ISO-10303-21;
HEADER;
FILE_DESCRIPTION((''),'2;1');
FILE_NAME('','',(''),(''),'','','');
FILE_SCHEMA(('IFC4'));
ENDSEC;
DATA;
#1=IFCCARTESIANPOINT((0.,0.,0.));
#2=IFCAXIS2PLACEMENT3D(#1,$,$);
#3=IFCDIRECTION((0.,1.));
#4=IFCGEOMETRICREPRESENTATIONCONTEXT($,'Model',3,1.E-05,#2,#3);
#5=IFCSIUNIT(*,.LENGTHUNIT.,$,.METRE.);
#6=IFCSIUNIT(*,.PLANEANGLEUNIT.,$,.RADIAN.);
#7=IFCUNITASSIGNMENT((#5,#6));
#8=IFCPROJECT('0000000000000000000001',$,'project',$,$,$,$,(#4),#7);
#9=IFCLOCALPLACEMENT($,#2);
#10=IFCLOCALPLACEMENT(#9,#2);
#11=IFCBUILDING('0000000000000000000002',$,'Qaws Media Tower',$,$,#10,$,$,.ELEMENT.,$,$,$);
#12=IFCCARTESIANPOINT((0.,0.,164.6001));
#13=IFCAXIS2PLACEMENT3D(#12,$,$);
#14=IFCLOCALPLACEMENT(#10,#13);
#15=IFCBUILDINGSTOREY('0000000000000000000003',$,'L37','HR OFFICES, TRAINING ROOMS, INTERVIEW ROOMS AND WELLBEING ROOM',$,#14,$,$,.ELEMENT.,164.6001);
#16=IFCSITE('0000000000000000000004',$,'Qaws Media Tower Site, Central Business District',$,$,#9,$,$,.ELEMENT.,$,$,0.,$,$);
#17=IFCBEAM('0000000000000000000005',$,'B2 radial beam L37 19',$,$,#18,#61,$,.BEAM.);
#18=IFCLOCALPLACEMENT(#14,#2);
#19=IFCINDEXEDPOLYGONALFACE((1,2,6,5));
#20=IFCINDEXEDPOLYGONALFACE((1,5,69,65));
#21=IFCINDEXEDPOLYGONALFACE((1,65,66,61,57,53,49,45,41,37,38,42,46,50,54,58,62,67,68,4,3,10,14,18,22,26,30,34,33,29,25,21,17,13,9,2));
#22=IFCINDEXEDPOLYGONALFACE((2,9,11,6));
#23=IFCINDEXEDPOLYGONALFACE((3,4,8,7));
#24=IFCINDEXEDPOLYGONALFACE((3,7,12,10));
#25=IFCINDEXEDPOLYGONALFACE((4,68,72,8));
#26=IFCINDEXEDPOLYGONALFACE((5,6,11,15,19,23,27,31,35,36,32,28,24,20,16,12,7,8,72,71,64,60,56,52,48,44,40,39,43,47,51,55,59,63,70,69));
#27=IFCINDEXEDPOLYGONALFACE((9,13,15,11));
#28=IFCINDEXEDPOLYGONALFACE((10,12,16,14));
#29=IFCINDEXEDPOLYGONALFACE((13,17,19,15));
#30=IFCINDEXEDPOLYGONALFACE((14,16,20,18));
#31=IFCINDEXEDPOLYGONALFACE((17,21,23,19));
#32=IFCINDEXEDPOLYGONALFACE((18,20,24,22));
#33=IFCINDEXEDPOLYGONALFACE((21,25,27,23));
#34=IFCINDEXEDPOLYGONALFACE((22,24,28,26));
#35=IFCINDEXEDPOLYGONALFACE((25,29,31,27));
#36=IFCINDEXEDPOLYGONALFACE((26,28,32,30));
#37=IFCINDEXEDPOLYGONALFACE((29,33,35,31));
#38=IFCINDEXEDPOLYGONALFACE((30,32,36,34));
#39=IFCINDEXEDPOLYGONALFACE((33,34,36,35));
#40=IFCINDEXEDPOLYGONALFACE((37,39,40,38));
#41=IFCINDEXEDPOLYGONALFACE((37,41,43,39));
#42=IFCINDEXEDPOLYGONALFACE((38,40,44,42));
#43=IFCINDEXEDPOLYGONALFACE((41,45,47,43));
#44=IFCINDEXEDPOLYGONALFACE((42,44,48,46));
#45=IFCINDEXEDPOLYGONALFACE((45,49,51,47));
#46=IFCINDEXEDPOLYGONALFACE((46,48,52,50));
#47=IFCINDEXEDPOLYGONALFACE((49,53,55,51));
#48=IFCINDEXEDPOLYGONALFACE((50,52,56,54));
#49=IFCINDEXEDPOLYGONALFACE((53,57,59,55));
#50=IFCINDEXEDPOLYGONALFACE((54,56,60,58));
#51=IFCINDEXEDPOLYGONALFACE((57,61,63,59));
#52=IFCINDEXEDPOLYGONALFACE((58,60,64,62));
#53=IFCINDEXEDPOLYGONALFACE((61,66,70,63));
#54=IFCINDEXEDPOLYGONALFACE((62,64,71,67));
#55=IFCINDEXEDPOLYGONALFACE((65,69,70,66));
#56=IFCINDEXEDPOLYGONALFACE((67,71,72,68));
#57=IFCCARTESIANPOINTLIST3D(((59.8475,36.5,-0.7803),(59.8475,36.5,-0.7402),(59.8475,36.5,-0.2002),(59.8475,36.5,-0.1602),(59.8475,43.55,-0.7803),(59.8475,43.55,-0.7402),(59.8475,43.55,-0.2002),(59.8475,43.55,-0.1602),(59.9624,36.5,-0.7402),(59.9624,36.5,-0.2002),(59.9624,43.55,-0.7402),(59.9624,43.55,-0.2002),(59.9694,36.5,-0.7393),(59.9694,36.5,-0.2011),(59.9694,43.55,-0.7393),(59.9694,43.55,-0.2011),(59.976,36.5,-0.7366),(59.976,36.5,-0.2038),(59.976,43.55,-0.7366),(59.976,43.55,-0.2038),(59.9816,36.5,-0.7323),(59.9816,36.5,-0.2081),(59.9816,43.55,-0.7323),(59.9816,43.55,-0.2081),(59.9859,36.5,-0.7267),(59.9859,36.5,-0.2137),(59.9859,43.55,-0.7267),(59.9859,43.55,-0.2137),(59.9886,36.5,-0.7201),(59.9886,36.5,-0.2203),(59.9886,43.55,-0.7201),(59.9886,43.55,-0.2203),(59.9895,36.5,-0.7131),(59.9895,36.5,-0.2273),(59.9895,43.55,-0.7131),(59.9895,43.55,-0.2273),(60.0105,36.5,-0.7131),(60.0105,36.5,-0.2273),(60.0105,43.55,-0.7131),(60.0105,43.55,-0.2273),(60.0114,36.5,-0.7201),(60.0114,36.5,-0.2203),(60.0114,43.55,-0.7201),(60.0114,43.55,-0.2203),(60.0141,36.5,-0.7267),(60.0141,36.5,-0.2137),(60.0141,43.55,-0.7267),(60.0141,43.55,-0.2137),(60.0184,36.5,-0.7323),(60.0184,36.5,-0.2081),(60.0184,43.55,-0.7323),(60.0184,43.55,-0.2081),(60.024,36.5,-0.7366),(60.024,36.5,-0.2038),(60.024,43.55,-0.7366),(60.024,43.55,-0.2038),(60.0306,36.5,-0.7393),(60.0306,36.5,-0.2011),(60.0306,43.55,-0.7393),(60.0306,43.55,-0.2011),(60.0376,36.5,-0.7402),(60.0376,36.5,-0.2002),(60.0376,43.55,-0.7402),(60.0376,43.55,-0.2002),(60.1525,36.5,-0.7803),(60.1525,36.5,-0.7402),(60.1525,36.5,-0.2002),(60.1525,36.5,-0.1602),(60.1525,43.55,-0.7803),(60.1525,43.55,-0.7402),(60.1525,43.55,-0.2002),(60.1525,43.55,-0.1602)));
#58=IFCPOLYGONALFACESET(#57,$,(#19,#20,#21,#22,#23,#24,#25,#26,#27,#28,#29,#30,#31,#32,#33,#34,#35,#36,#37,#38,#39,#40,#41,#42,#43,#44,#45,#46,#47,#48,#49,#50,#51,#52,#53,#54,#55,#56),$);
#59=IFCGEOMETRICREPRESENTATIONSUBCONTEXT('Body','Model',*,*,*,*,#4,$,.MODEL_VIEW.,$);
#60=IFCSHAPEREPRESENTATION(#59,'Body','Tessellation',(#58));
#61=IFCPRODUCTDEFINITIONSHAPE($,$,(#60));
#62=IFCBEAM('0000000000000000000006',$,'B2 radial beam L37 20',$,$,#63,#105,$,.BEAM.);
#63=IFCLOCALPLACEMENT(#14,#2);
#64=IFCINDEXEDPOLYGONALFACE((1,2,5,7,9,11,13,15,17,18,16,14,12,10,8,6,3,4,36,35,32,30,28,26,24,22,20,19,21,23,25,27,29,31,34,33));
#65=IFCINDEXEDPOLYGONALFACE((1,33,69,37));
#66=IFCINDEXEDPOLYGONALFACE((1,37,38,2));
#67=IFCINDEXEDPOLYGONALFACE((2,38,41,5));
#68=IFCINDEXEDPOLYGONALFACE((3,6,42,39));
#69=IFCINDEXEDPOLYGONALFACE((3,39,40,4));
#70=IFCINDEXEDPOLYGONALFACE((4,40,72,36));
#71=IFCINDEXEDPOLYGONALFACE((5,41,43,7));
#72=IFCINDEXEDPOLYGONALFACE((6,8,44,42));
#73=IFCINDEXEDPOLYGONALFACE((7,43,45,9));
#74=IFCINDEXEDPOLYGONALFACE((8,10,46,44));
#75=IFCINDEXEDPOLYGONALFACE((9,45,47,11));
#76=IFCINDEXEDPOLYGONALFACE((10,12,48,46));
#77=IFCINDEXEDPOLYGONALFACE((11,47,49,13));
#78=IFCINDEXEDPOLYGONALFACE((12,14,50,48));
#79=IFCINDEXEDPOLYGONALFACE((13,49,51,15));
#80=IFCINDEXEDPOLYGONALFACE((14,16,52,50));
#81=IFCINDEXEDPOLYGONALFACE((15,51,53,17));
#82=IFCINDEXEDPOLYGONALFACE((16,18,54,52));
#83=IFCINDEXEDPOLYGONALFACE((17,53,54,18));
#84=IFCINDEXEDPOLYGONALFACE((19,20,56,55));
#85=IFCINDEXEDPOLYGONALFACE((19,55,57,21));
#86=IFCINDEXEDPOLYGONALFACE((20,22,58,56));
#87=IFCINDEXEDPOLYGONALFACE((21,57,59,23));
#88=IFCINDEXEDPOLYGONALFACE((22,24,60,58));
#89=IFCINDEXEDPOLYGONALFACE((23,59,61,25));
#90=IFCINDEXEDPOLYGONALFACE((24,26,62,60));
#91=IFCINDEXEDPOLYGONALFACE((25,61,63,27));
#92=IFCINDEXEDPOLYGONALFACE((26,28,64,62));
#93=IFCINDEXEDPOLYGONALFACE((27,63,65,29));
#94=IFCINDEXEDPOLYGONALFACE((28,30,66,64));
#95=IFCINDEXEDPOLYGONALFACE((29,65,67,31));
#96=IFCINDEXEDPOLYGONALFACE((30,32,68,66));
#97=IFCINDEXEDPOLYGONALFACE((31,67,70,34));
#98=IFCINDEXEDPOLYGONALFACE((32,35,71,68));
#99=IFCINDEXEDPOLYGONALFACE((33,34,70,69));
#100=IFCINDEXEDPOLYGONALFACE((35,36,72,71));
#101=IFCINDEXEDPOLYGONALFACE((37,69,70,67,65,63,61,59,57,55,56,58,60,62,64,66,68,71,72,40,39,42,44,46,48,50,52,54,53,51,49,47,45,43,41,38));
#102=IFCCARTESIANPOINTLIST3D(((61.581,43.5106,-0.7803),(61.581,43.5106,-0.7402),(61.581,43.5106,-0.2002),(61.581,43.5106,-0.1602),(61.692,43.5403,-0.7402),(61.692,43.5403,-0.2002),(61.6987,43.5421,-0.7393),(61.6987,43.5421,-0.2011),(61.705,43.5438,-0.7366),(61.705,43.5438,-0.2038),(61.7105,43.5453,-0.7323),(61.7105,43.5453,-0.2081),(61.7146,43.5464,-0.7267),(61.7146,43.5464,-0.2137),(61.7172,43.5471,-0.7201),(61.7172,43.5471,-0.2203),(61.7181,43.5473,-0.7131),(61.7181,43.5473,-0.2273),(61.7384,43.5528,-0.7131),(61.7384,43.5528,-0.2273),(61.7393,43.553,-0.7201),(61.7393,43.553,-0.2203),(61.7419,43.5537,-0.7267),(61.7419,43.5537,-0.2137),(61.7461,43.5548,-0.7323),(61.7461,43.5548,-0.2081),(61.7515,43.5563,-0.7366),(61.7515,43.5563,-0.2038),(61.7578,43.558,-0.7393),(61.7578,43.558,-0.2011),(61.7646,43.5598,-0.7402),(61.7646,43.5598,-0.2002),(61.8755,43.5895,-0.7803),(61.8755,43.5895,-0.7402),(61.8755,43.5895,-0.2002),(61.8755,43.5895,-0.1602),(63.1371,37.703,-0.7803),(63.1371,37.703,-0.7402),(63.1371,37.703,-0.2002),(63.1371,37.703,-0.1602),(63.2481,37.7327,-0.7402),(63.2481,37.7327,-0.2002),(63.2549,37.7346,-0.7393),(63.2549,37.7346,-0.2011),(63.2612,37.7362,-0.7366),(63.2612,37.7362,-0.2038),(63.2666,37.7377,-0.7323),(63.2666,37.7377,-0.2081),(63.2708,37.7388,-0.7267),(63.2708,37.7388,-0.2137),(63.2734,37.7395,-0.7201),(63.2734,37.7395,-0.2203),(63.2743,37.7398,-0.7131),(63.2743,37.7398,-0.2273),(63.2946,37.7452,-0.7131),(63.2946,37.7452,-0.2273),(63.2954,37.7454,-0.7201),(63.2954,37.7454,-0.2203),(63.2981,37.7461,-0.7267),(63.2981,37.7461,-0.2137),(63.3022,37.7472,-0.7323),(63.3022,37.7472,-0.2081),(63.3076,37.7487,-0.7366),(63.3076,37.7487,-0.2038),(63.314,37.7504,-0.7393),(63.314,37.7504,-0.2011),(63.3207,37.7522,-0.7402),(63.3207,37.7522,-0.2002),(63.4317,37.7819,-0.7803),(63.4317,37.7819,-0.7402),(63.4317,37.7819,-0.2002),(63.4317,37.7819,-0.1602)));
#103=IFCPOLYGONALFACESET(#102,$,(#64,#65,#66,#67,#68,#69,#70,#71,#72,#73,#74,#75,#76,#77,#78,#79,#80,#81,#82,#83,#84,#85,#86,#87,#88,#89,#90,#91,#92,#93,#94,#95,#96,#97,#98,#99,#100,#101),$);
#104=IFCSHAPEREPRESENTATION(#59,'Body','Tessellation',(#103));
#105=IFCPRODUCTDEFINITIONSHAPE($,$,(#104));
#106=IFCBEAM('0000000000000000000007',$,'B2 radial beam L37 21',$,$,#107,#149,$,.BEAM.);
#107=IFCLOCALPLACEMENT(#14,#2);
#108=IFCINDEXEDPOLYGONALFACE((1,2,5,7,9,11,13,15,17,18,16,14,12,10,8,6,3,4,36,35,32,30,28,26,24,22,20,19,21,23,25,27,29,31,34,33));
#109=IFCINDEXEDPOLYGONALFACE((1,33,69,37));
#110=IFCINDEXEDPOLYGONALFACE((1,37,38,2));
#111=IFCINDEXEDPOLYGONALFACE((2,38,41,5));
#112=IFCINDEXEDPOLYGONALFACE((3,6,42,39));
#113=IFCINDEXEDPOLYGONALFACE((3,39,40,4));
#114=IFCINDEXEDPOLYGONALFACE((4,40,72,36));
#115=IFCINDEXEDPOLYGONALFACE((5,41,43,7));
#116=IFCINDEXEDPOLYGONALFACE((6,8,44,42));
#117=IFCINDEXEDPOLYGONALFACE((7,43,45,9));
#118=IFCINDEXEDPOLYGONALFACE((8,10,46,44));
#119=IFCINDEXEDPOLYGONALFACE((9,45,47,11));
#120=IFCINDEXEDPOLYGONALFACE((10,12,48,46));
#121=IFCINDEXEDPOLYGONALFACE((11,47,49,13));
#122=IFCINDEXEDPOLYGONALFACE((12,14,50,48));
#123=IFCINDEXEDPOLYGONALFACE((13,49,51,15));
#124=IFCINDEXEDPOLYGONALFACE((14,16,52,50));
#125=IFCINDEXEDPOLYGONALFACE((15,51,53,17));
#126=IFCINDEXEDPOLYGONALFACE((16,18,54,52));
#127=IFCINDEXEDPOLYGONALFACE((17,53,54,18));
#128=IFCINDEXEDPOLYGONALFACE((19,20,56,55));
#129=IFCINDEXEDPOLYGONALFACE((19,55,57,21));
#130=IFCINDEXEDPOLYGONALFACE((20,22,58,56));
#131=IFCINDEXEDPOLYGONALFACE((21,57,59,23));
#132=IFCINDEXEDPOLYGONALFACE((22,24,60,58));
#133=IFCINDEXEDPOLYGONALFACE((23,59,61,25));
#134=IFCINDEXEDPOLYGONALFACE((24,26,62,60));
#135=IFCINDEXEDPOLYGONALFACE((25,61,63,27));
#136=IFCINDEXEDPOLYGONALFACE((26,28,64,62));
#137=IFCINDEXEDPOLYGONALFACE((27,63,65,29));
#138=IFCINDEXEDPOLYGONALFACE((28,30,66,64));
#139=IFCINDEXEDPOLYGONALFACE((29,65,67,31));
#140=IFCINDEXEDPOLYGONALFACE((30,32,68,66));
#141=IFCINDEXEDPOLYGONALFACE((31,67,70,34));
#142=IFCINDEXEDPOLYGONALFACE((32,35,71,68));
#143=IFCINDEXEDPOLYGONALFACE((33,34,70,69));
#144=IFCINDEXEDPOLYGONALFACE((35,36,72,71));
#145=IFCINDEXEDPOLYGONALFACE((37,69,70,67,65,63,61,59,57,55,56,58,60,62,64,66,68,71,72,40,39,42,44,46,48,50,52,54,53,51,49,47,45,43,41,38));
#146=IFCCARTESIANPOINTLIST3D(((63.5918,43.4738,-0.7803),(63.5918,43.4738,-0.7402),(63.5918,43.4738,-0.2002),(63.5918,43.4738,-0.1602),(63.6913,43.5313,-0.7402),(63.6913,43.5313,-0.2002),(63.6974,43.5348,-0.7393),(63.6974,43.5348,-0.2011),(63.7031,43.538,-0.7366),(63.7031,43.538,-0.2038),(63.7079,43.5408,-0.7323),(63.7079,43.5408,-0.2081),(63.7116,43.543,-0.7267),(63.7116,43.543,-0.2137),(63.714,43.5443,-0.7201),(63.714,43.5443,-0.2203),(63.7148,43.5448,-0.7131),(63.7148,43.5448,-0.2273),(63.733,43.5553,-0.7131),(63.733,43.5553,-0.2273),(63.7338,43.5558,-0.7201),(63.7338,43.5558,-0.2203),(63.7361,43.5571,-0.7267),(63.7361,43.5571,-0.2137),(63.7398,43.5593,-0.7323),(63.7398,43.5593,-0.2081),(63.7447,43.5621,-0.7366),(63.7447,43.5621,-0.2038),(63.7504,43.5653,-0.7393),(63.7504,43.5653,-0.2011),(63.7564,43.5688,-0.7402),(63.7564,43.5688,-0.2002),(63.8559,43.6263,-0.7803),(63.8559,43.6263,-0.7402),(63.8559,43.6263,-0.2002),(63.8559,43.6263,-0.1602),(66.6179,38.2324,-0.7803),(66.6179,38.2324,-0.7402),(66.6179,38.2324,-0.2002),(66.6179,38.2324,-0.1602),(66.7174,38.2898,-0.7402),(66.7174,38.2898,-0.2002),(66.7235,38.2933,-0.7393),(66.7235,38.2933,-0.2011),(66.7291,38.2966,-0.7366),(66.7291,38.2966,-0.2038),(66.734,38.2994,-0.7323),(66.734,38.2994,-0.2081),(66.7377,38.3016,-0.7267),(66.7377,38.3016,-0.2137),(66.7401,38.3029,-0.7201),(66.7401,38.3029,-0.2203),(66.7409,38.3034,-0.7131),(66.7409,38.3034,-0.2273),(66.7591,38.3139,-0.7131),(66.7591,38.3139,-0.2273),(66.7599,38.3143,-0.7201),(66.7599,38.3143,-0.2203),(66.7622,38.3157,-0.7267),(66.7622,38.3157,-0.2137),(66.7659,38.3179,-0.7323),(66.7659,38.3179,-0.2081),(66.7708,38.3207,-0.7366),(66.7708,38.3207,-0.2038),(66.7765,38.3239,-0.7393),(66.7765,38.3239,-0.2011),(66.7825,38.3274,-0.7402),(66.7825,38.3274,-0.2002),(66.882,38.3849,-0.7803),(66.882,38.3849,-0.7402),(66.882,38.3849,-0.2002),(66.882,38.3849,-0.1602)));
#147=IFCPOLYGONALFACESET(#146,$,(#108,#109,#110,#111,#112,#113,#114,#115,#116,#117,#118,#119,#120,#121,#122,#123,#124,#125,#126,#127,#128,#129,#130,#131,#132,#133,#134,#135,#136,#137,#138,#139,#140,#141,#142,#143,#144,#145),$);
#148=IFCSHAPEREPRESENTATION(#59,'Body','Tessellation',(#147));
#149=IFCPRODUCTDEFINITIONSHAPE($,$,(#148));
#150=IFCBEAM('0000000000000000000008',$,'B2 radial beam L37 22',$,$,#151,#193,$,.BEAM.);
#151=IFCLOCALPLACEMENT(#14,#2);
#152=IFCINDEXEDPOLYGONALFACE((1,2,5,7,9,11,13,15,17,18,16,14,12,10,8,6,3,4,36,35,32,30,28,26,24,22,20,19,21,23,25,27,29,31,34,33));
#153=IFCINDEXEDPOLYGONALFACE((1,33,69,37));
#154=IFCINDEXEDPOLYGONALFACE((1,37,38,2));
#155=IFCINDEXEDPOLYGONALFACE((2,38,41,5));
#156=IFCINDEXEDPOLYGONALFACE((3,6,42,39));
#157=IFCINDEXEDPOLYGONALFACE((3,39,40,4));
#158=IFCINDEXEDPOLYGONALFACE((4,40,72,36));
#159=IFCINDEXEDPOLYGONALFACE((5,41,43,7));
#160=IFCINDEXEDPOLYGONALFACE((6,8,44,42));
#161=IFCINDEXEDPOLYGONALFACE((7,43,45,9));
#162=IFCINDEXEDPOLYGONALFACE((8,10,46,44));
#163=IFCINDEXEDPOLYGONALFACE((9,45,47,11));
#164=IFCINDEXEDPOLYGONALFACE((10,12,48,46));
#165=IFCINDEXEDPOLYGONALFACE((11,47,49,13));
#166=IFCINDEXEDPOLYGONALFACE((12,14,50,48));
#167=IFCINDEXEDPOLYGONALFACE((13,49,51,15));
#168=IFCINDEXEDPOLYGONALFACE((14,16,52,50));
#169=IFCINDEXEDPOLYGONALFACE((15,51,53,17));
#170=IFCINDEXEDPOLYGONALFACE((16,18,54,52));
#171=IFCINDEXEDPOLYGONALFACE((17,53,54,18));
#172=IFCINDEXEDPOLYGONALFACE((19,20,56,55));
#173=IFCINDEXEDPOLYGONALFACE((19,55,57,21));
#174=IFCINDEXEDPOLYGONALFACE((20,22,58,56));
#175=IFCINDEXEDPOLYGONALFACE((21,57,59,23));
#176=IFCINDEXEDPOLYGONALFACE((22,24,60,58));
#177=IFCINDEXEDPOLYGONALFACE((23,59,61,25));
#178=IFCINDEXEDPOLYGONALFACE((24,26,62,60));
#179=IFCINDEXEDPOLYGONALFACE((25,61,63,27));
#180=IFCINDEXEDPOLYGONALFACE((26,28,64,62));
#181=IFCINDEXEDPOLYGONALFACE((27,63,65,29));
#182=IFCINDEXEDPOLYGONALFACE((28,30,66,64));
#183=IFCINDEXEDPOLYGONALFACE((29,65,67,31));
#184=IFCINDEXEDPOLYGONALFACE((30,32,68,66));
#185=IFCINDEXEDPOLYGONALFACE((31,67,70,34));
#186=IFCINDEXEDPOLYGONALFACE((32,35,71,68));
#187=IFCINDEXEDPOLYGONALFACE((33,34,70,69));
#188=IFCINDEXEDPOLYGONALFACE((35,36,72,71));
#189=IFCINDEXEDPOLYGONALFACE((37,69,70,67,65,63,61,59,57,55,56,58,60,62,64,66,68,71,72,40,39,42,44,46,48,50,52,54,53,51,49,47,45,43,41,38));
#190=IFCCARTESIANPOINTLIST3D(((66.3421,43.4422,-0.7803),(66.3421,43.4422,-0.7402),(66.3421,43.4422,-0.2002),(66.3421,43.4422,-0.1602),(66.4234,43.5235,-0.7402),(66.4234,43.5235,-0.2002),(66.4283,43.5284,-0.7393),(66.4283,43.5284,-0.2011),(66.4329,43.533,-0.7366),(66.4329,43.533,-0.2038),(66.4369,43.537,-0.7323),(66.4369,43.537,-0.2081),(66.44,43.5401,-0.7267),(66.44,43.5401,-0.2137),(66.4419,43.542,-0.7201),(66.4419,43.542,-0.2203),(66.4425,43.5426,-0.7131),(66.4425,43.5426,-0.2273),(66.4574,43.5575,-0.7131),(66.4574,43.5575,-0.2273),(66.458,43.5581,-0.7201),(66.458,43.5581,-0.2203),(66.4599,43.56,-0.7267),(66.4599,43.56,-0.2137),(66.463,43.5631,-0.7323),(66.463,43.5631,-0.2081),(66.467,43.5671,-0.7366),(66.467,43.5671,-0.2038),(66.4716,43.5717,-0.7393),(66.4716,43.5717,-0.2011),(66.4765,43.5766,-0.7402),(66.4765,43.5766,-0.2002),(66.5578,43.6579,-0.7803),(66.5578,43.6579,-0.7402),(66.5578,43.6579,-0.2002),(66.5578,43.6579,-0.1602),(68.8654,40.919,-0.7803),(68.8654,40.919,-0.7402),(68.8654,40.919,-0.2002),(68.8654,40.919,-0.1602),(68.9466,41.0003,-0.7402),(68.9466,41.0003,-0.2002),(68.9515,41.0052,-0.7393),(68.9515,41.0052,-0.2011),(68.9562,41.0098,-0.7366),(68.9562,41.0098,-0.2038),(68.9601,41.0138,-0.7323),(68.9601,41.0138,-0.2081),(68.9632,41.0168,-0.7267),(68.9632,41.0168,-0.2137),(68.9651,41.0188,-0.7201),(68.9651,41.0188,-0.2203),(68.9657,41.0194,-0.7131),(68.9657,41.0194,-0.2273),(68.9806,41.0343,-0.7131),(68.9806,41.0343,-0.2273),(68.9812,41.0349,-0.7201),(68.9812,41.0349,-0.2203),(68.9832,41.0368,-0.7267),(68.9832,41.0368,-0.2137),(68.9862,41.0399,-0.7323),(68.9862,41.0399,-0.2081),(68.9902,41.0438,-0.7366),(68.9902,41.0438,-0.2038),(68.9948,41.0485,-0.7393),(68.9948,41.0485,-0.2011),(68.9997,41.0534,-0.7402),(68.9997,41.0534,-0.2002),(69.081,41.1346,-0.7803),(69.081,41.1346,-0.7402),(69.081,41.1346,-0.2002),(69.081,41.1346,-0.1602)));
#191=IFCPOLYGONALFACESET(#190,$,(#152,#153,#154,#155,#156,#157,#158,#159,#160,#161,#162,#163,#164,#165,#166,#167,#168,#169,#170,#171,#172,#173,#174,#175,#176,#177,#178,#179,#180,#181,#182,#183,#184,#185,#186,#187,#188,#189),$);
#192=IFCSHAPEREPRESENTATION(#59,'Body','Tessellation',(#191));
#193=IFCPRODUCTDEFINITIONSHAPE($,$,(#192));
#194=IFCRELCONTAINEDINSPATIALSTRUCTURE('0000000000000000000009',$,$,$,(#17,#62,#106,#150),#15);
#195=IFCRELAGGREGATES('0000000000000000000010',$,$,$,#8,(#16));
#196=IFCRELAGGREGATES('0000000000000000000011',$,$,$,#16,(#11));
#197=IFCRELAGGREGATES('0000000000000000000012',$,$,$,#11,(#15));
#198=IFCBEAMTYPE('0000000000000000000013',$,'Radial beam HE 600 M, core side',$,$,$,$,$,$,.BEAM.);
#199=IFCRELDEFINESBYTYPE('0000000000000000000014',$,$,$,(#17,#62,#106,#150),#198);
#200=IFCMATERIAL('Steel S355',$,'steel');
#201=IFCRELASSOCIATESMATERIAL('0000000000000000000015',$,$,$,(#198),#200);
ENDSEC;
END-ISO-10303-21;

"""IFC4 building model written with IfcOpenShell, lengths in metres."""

from ifc_helpers import new_model, si_unit, direction, frame, origin, origin_2d, place, context, subcontext, project, spatial, i_section, extrude, material, material_profile, profile_set, type_object, element, save


model = new_model("IFC4")

# Units and contexts
model_context = context("Model", 3, precision=1e-05, world=origin(), true_north=direction((0.0, 1.0)))
body_context = subcontext(model_context, "Body", "Model", "MODEL_VIEW")
ifc_project = project(units=[si_unit("LENGTHUNIT", "METRE"), si_unit("PLANEANGLEUNIT", "RADIAN")], contexts=[model_context])

# Site, building, storey
site_placement = place(None, origin())
site = spatial("IfcSite", under=ifc_project, at=site_placement, Name="Qaws Media Tower Site, Central Business District", CompositionType="ELEMENT", RefElevation=0.0)
building_placement = place(site_placement, origin())
building = spatial("IfcBuilding", under=site, at=building_placement, Name="Qaws Media Tower", CompositionType="ELEMENT")
storey_placement = place(building_placement, frame((0.0, 0.0, 164.6001)))
storey = spatial("IfcBuildingStorey", under=building, at=storey_placement, Name="L37", Description="HR OFFICES, TRAINING ROOMS, INTERVIEW ROOMS AND WELLBEING ROOM", CompositionType="ELEMENT", Elevation=164.6001)

# Beams
ifc_material_1 = material(Name="Steel S355", Category="steel")
ifc_material_profile_1 = material_profile(ifc_material_1, i_section(OverallWidth=0.3049, OverallDepth=0.6201, WebThickness=0.021, FlangeThickness=0.04, FilletRadius=0.0271, at=origin_2d()), Name="HE 600 M")
ifc_profile_set_1 = profile_set([ifc_material_profile_1], Name="Steel S355")
beam_type_1 = type_object("IfcBeamType", Name="Radial beam HE 600 M, core side", PredefinedType="BEAM", material=ifc_profile_set_1)
beam_1_placement = place(storey_placement, frame((60.0, 43.55, -0.4702), z_axis=(0.0, -1.0, 0.0), x_axis=(1.0, 0.0, 0.0)))
element("IfcBeam", 1, at=beam_1_placement, inside=storey, type_object=beam_type_1, Name="B2 radial beam L37 19", PredefinedType="BEAM", context=body_context, shape_type="SweptSolid", body=[
    extrude(i_section(OverallWidth=0.3049, OverallDepth=0.6201, WebThickness=0.021, FlangeThickness=0.04, FilletRadius=0.0271, at=origin_2d()), origin(), (0.0, 0.0, 1.0), 7.05),
])
beam_2_placement = place(storey_placement, frame((61.7283, 43.55, -0.4702), z_axis=(0.25882, -0.965926, 0.0), x_axis=(0.965926, 0.25882, 0.0)))
element("IfcBeam", 2, at=beam_2_placement, inside=storey, type_object=beam_type_1, Name="B2 radial beam L37 20", PredefinedType="BEAM", context=body_context, shape_type="SweptSolid", body=[
    extrude(i_section(OverallWidth=0.3049, OverallDepth=0.6201, WebThickness=0.021, FlangeThickness=0.04, FilletRadius=0.0271, at=origin_2d()), origin(), (0.0, 0.0, 1.0), 6.0125),
])
beam_3_placement = place(storey_placement, frame((63.7239, 43.55, -0.4702), z_axis=(0.499996, -0.866028, 0.0), x_axis=(0.866028, 0.499996, 0.0)))
element("IfcBeam", 3, at=beam_3_placement, inside=storey, type_object=beam_type_1, Name="B2 radial beam L37 21", PredefinedType="BEAM", context=body_context, shape_type="SweptSolid", body=[
    extrude(i_section(OverallWidth=0.3049, OverallDepth=0.6201, WebThickness=0.021, FlangeThickness=0.04, FilletRadius=0.0271, at=origin_2d()), origin(), (0.0, 0.0, 1.0), 6.0522),
])
beam_4_placement = place(storey_placement, frame((66.45, 43.55, -0.4702), z_axis=(0.707107, -0.707107, 0.0), x_axis=(0.707107, 0.707107, 0.0)))
element("IfcBeam", 4, at=beam_4_placement, inside=storey, type_object=beam_type_1, Name="B2 radial beam L37 22", PredefinedType="BEAM", context=body_context, shape_type="SweptSolid", body=[
    extrude(i_section(OverallWidth=0.3049, OverallDepth=0.6201, WebThickness=0.021, FlangeThickness=0.04, FilletRadius=0.0271, at=origin_2d()), origin(), (0.0, 0.0, 1.0), 3.5684),
])

save(model, "model.ifc")
